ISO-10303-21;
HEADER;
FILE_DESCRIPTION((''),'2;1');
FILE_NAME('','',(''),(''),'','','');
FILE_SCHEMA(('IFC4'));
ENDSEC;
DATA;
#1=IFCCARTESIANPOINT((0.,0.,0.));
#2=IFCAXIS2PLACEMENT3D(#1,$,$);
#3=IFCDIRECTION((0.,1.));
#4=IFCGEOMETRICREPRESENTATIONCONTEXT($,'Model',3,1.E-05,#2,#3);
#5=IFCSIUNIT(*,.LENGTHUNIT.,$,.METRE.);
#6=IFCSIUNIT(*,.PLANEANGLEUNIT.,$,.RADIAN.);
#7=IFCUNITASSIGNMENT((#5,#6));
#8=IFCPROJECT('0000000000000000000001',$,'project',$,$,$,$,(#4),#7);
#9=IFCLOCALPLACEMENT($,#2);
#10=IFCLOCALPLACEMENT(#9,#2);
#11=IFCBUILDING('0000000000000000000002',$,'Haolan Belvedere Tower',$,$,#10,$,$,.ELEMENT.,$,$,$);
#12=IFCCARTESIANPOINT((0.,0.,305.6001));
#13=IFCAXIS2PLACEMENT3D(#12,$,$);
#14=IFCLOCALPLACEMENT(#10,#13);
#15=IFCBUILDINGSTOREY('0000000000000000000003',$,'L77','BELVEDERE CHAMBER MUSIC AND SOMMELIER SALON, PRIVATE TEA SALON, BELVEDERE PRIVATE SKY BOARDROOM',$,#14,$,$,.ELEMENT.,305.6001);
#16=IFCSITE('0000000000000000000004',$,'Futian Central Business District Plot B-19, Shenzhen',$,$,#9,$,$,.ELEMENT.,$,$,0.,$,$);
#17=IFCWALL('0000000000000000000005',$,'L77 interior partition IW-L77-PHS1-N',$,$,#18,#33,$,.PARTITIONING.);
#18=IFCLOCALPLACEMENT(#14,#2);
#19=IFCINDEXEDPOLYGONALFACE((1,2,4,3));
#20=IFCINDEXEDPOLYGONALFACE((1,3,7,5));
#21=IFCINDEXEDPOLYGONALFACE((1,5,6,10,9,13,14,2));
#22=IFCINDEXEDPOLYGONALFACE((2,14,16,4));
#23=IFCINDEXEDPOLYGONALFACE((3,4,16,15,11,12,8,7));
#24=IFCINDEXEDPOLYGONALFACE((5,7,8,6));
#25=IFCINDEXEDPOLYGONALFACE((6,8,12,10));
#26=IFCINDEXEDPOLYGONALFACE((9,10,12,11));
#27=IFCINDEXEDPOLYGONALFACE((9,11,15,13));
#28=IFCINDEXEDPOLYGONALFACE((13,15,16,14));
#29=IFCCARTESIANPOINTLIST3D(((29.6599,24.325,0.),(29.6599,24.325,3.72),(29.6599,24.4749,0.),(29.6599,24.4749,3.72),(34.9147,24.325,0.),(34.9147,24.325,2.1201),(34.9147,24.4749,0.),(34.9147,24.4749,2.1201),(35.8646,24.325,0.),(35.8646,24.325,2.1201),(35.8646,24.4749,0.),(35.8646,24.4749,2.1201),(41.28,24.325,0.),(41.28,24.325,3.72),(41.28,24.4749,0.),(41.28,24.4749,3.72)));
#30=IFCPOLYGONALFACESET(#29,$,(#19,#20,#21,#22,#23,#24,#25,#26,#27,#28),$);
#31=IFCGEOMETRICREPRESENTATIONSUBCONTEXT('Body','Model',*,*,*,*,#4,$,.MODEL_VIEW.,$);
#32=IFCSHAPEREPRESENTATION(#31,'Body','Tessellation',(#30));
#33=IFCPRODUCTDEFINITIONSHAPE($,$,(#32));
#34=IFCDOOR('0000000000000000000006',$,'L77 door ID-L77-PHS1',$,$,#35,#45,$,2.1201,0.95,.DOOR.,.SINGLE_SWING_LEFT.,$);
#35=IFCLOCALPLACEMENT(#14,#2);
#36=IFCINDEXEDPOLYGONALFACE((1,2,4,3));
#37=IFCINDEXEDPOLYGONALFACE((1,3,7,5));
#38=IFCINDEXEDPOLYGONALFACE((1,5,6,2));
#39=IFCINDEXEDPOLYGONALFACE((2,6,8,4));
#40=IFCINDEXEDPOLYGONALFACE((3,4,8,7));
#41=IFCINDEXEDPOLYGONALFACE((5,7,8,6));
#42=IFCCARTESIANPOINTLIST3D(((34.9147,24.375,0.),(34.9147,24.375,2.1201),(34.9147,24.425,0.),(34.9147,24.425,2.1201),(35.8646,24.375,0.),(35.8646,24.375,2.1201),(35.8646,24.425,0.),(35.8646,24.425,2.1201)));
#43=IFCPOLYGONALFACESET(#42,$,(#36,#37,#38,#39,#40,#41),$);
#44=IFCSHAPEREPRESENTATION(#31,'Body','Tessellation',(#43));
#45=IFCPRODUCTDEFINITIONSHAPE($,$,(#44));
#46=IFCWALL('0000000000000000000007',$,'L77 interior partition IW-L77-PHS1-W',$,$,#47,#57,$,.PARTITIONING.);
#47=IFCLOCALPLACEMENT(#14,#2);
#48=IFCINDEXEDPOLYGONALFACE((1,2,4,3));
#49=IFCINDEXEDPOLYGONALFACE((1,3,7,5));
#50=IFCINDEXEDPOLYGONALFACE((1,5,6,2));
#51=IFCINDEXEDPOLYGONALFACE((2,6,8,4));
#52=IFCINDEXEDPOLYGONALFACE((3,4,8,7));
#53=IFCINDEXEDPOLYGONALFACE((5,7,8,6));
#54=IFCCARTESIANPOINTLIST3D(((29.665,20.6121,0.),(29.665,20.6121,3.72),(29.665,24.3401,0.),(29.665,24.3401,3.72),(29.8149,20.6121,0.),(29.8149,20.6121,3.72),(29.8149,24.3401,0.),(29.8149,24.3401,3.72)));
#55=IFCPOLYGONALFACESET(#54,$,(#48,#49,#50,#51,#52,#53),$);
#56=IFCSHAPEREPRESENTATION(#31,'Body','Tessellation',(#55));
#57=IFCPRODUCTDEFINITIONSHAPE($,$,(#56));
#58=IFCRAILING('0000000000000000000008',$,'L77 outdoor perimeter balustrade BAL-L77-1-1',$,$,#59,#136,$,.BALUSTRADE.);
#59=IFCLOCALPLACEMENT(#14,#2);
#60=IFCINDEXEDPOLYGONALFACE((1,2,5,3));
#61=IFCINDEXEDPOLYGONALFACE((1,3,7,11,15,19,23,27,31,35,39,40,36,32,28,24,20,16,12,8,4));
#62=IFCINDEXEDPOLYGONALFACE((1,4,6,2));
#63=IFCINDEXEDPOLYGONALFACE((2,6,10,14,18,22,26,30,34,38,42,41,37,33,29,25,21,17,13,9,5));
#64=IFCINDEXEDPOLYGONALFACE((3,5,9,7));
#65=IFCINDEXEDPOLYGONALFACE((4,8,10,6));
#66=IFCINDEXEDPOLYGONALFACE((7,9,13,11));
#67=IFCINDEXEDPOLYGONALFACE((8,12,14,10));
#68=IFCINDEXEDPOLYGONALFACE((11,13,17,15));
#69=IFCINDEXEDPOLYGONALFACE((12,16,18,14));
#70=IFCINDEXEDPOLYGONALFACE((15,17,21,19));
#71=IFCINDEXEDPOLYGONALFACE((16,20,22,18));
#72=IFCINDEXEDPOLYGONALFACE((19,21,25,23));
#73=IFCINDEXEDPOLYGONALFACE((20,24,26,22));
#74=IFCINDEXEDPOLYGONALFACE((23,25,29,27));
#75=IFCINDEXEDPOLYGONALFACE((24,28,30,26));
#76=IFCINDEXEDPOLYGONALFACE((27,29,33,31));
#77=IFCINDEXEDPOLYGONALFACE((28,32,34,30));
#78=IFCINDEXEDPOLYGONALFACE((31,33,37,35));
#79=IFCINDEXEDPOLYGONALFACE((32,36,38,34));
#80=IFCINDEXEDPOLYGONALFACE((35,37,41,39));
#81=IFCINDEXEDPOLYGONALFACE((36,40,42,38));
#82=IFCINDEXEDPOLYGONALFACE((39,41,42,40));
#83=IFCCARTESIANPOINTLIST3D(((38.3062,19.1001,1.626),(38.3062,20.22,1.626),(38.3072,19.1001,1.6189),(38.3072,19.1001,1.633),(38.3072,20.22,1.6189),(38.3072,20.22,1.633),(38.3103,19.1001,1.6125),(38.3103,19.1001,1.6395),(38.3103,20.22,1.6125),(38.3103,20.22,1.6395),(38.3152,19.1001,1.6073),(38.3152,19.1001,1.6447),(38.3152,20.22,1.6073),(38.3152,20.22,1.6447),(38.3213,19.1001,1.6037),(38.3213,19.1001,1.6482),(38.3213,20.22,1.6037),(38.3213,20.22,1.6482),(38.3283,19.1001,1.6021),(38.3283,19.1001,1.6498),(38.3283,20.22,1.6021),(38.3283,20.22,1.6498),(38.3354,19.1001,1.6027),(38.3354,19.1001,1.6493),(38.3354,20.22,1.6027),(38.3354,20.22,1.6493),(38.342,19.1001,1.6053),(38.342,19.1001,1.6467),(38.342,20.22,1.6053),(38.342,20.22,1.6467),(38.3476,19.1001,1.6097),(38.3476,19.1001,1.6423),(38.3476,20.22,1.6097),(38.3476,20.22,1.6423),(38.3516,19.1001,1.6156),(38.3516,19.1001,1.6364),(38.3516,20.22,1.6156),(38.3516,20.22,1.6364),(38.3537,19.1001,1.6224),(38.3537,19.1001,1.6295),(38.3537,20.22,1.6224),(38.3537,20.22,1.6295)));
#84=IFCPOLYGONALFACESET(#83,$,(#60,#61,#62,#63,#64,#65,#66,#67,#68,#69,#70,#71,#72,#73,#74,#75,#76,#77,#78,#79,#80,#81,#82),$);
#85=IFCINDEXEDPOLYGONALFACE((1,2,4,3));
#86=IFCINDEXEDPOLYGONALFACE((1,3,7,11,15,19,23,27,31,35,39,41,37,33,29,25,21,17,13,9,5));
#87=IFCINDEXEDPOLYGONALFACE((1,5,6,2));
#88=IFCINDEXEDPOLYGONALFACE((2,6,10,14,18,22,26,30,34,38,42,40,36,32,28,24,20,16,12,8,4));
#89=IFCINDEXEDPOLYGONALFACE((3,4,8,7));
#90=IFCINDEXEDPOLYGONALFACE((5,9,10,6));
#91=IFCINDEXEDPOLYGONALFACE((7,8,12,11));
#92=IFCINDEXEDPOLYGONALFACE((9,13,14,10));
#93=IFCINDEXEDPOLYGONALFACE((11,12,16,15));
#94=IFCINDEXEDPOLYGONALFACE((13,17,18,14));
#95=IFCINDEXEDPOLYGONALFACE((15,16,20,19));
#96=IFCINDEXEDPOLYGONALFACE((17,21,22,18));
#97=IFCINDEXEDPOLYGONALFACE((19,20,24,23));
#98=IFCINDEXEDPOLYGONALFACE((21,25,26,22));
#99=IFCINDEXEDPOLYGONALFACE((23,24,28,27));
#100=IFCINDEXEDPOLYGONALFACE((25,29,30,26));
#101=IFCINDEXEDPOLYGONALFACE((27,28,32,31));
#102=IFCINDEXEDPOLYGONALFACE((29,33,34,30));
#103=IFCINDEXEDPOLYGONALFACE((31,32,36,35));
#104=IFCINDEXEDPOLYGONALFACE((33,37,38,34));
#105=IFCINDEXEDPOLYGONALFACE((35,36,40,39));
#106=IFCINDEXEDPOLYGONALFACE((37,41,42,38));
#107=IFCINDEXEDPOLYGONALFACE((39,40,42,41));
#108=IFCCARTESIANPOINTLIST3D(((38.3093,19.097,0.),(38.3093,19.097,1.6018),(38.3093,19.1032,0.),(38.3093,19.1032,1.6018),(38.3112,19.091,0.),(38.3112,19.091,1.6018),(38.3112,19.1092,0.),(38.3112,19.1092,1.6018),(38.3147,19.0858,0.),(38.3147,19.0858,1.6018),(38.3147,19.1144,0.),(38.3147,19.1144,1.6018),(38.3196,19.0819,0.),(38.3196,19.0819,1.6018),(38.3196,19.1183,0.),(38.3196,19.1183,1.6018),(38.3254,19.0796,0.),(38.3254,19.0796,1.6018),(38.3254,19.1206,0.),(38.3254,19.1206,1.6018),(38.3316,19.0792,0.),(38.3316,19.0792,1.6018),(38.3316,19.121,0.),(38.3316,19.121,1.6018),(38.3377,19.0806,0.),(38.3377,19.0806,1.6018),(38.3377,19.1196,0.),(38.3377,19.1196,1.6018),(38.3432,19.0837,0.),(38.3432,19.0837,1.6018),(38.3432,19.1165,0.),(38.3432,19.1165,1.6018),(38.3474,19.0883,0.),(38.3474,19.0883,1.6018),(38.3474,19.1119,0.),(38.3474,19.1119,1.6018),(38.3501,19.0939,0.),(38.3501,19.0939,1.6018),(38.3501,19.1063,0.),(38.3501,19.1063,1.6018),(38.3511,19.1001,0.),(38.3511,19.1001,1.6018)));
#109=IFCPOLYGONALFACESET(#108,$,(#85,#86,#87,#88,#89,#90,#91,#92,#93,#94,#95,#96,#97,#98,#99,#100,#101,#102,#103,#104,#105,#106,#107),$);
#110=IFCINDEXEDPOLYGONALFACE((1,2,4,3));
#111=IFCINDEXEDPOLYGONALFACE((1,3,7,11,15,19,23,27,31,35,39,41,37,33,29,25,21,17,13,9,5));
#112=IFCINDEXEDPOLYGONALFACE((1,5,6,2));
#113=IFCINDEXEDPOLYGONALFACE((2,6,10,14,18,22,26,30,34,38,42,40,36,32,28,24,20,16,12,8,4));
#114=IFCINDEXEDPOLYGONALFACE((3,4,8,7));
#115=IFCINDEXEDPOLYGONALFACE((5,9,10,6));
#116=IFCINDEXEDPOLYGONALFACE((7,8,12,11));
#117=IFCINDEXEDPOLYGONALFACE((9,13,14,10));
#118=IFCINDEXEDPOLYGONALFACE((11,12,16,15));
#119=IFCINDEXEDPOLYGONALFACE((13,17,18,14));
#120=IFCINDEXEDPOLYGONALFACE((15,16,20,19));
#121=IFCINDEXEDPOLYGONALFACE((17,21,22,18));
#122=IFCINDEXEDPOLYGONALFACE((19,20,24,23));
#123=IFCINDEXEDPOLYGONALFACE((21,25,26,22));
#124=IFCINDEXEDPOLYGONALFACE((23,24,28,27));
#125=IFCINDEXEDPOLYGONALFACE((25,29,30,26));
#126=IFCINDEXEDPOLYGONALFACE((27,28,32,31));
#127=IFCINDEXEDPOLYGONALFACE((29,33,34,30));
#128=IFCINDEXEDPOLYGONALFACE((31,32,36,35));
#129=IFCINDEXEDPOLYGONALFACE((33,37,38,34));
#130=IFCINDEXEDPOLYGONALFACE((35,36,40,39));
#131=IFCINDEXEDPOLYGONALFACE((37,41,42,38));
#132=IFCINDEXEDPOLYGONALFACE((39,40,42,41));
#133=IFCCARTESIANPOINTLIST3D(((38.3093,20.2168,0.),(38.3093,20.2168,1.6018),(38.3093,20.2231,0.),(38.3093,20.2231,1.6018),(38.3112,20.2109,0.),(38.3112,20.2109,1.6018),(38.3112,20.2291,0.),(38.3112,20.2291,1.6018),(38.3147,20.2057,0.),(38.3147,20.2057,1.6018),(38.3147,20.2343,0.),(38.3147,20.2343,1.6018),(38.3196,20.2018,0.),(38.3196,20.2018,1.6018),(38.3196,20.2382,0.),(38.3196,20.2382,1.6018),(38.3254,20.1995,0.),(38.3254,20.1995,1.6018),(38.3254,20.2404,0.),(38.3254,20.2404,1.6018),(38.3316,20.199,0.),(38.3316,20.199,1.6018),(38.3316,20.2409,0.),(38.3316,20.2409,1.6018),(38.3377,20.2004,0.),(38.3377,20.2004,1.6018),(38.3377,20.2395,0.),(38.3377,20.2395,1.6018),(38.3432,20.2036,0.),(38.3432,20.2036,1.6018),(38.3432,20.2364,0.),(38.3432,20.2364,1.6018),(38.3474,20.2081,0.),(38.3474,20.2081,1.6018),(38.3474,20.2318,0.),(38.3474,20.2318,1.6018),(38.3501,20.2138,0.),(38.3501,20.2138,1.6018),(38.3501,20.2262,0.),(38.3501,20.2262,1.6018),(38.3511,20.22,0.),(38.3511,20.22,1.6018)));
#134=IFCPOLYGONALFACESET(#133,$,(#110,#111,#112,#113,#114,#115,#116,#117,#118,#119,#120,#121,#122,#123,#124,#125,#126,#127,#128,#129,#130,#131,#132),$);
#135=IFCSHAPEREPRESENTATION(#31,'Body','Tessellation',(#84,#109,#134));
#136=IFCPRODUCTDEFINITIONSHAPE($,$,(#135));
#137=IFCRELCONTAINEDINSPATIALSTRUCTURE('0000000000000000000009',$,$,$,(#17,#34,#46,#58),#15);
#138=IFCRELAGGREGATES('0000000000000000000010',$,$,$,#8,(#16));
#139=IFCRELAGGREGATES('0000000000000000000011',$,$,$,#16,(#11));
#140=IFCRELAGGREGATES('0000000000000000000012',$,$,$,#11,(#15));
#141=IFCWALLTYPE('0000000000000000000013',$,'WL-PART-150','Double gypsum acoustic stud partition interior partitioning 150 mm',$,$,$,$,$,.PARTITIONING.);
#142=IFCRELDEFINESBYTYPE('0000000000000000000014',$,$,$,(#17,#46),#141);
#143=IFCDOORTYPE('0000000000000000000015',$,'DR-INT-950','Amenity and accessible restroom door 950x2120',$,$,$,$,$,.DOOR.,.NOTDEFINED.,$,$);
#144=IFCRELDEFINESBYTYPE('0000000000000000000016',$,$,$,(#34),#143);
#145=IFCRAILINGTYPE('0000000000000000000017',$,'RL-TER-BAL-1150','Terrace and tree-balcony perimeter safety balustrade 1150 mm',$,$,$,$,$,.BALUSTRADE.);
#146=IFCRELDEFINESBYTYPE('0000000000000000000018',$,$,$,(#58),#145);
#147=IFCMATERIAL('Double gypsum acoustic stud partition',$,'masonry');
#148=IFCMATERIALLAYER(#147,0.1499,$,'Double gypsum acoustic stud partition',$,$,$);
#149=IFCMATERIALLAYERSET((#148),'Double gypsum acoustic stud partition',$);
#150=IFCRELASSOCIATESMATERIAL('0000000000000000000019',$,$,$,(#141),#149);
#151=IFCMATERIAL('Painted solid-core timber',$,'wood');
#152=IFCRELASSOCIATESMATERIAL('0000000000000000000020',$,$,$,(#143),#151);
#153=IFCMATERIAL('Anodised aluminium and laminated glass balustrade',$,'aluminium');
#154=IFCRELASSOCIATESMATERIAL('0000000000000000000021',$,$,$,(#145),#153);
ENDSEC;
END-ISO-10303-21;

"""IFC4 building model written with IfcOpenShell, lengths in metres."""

from ifc_helpers import new_model, si_unit, direction, frame, frame_2d, origin, origin_2d, place, context, subcontext, project, spatial, rectangle, circle, extrude, material, layer, layer_set, type_object, element, fill, save


model = new_model("IFC4")

# Units and contexts
model_context = context("Model", 3, precision=1e-05, world=origin(), true_north=direction((0.0, 1.0)))
body_context = subcontext(model_context, "Body", "Model", "MODEL_VIEW")
ifc_project = project(units=[si_unit("LENGTHUNIT", "METRE"), si_unit("PLANEANGLEUNIT", "RADIAN")], contexts=[model_context])

# Site, building, storey
site_placement = place(None, origin())
site = spatial("IfcSite", under=ifc_project, at=site_placement, Name="Futian Central Business District Plot B-19, Shenzhen", CompositionType="ELEMENT", RefElevation=0.0)
building_placement = place(site_placement, origin())
building = spatial("IfcBuilding", under=site, at=building_placement, Name="Haolan Belvedere Tower", CompositionType="ELEMENT")
storey_placement = place(building_placement, frame((0.0, 0.0, 305.6001)))
storey = spatial("IfcBuildingStorey", under=building, at=storey_placement, Name="L77", Description="BELVEDERE CHAMBER MUSIC AND SOMMELIER SALON, PRIVATE TEA SALON, BELVEDERE PRIVATE SKY BOARDROOM", CompositionType="ELEMENT", Elevation=305.6001)

# Wall, opening, door
ifc_material_1 = material(Name="Double gypsum acoustic stud partition", Category="masonry")
ifc_layer_1 = layer(ifc_material_1, 0.1499, Name="Double gypsum acoustic stud partition")
ifc_layer_set_1 = layer_set([ifc_layer_1], Name="Double gypsum acoustic stud partition")
wall_type_1 = type_object("IfcWallType", Name="WL-PART-150", Description="Double gypsum acoustic stud partition interior partitioning 150 mm", PredefinedType="PARTITIONING", material=ifc_layer_set_1)
wall_1_placement = place(storey_placement, frame((29.6599, 24.3999, 0.0), z_axis=(0.0, 0.0, 1.0), x_axis=(1.0, 0.0, 0.0)))
wall_1 = element("IfcWall", 1, at=wall_1_placement, inside=storey, type_object=wall_type_1, Name="L77 interior partition IW-L77-PHS1-N", PredefinedType="PARTITIONING", context=body_context, shape_type="SweptSolid", body=[
    extrude(rectangle(XDim=11.6201, YDim=0.1499, at=frame_2d((5.8101, 0.0))), origin(), (0.0, 0.0, 1.0), 3.72),
])
opening_1_placement = place(wall_1_placement, frame((6.2048, 0.0, 0.0), z_axis=(0.0, 0.0, 1.0), x_axis=(-1.0, 0.0, 0.0)))
opening_1 = element("IfcOpeningElement", 2, at=opening_1_placement, cuts=wall_1, PredefinedType="OPENING", context=body_context, shape_type="SweptSolid", body=[
    extrude(rectangle(XDim=0.95, YDim=2.1201, at=frame_2d((0.4751, 1.0601))), frame((0.0, 0.085, 0.0), z_axis=(0.0, -1.0, 0.0), x_axis=(1.0, 0.0, 0.0)), (0.0, 0.0, 1.0), 0.1699),
])
ifc_material_2 = material(Name="Painted solid-core timber", Category="wood")
door_type_1 = type_object("IfcDoorType", Name="DR-INT-950", Description="Amenity and accessible restroom door 950x2120", OperationType="NOTDEFINED", PredefinedType="DOOR", material=ifc_material_2)
door_1_placement = place(opening_1_placement, origin())
door_1 = element("IfcDoor", 3, at=door_1_placement, inside=storey, type_object=door_type_1, Name="L77 door ID-L77-PHS1", OperationType="SINGLE_SWING_LEFT", OverallHeight=2.1201, OverallWidth=0.95, PredefinedType="DOOR", context=body_context, shape_type="SweptSolid", body=[
    extrude(rectangle(XDim=0.95, YDim=2.1201, at=frame_2d((0.4751, 1.0601))), frame((0.0, 0.0249, 0.0), z_axis=(0.0, -1.0, 0.0), x_axis=(1.0, 0.0, 0.0)), (0.0, 0.0, 1.0), 0.05),
])
fill(opening_1, door_1)

# Wall
wall_2_placement = place(storey_placement, frame((29.74, 20.6121, 0.0), z_axis=(0.0, 0.0, 1.0), x_axis=(0.0, 1.0, 0.0)))
element("IfcWall", 4, at=wall_2_placement, inside=storey, type_object=wall_type_1, Name="L77 interior partition IW-L77-PHS1-W", PredefinedType="PARTITIONING", context=body_context, shape_type="SweptSolid", body=[
    extrude(rectangle(XDim=3.728, YDim=0.1499, at=frame_2d((1.864, 0.0))), origin(), (0.0, 0.0, 1.0), 3.72),
])

# Railing
ifc_material_3 = material(Name="Anodised aluminium and laminated glass balustrade", Category="aluminium")
railing_type = type_object("IfcRailingType", Name="RL-TER-BAL-1150", Description="Terrace and tree-balcony perimeter safety balustrade 1150 mm", PredefinedType="BALUSTRADE", material=ifc_material_3)
railing_placement = place(storey_placement, frame((38.3301, 19.1001, 0.0)))
element("IfcRailing", 5, at=railing_placement, inside=storey, type_object=railing_type, Name="L77 outdoor perimeter balustrade BAL-L77-1-1", PredefinedType="BALUSTRADE", context=body_context, shape_type="SweptSolid", body=[
    extrude(circle(Radius=0.0239, at=origin_2d()), frame((0.0, 0.0, 1.626), z_axis=(0.0, 1.0, 0.0), x_axis=(-1.0, 0.0, 0.0)), (0.0, 0.0, 1.0), 1.1199),
    extrude(circle(Radius=0.021, at=origin_2d()), origin(), (0.0, 0.0, 1.0), 1.6018),
    extrude(circle(Radius=0.021, at=origin_2d()), frame((0.0, 1.1199, 0.0)), (0.0, 0.0, 1.0), 1.6018),
])

save(model, "model.ifc")
